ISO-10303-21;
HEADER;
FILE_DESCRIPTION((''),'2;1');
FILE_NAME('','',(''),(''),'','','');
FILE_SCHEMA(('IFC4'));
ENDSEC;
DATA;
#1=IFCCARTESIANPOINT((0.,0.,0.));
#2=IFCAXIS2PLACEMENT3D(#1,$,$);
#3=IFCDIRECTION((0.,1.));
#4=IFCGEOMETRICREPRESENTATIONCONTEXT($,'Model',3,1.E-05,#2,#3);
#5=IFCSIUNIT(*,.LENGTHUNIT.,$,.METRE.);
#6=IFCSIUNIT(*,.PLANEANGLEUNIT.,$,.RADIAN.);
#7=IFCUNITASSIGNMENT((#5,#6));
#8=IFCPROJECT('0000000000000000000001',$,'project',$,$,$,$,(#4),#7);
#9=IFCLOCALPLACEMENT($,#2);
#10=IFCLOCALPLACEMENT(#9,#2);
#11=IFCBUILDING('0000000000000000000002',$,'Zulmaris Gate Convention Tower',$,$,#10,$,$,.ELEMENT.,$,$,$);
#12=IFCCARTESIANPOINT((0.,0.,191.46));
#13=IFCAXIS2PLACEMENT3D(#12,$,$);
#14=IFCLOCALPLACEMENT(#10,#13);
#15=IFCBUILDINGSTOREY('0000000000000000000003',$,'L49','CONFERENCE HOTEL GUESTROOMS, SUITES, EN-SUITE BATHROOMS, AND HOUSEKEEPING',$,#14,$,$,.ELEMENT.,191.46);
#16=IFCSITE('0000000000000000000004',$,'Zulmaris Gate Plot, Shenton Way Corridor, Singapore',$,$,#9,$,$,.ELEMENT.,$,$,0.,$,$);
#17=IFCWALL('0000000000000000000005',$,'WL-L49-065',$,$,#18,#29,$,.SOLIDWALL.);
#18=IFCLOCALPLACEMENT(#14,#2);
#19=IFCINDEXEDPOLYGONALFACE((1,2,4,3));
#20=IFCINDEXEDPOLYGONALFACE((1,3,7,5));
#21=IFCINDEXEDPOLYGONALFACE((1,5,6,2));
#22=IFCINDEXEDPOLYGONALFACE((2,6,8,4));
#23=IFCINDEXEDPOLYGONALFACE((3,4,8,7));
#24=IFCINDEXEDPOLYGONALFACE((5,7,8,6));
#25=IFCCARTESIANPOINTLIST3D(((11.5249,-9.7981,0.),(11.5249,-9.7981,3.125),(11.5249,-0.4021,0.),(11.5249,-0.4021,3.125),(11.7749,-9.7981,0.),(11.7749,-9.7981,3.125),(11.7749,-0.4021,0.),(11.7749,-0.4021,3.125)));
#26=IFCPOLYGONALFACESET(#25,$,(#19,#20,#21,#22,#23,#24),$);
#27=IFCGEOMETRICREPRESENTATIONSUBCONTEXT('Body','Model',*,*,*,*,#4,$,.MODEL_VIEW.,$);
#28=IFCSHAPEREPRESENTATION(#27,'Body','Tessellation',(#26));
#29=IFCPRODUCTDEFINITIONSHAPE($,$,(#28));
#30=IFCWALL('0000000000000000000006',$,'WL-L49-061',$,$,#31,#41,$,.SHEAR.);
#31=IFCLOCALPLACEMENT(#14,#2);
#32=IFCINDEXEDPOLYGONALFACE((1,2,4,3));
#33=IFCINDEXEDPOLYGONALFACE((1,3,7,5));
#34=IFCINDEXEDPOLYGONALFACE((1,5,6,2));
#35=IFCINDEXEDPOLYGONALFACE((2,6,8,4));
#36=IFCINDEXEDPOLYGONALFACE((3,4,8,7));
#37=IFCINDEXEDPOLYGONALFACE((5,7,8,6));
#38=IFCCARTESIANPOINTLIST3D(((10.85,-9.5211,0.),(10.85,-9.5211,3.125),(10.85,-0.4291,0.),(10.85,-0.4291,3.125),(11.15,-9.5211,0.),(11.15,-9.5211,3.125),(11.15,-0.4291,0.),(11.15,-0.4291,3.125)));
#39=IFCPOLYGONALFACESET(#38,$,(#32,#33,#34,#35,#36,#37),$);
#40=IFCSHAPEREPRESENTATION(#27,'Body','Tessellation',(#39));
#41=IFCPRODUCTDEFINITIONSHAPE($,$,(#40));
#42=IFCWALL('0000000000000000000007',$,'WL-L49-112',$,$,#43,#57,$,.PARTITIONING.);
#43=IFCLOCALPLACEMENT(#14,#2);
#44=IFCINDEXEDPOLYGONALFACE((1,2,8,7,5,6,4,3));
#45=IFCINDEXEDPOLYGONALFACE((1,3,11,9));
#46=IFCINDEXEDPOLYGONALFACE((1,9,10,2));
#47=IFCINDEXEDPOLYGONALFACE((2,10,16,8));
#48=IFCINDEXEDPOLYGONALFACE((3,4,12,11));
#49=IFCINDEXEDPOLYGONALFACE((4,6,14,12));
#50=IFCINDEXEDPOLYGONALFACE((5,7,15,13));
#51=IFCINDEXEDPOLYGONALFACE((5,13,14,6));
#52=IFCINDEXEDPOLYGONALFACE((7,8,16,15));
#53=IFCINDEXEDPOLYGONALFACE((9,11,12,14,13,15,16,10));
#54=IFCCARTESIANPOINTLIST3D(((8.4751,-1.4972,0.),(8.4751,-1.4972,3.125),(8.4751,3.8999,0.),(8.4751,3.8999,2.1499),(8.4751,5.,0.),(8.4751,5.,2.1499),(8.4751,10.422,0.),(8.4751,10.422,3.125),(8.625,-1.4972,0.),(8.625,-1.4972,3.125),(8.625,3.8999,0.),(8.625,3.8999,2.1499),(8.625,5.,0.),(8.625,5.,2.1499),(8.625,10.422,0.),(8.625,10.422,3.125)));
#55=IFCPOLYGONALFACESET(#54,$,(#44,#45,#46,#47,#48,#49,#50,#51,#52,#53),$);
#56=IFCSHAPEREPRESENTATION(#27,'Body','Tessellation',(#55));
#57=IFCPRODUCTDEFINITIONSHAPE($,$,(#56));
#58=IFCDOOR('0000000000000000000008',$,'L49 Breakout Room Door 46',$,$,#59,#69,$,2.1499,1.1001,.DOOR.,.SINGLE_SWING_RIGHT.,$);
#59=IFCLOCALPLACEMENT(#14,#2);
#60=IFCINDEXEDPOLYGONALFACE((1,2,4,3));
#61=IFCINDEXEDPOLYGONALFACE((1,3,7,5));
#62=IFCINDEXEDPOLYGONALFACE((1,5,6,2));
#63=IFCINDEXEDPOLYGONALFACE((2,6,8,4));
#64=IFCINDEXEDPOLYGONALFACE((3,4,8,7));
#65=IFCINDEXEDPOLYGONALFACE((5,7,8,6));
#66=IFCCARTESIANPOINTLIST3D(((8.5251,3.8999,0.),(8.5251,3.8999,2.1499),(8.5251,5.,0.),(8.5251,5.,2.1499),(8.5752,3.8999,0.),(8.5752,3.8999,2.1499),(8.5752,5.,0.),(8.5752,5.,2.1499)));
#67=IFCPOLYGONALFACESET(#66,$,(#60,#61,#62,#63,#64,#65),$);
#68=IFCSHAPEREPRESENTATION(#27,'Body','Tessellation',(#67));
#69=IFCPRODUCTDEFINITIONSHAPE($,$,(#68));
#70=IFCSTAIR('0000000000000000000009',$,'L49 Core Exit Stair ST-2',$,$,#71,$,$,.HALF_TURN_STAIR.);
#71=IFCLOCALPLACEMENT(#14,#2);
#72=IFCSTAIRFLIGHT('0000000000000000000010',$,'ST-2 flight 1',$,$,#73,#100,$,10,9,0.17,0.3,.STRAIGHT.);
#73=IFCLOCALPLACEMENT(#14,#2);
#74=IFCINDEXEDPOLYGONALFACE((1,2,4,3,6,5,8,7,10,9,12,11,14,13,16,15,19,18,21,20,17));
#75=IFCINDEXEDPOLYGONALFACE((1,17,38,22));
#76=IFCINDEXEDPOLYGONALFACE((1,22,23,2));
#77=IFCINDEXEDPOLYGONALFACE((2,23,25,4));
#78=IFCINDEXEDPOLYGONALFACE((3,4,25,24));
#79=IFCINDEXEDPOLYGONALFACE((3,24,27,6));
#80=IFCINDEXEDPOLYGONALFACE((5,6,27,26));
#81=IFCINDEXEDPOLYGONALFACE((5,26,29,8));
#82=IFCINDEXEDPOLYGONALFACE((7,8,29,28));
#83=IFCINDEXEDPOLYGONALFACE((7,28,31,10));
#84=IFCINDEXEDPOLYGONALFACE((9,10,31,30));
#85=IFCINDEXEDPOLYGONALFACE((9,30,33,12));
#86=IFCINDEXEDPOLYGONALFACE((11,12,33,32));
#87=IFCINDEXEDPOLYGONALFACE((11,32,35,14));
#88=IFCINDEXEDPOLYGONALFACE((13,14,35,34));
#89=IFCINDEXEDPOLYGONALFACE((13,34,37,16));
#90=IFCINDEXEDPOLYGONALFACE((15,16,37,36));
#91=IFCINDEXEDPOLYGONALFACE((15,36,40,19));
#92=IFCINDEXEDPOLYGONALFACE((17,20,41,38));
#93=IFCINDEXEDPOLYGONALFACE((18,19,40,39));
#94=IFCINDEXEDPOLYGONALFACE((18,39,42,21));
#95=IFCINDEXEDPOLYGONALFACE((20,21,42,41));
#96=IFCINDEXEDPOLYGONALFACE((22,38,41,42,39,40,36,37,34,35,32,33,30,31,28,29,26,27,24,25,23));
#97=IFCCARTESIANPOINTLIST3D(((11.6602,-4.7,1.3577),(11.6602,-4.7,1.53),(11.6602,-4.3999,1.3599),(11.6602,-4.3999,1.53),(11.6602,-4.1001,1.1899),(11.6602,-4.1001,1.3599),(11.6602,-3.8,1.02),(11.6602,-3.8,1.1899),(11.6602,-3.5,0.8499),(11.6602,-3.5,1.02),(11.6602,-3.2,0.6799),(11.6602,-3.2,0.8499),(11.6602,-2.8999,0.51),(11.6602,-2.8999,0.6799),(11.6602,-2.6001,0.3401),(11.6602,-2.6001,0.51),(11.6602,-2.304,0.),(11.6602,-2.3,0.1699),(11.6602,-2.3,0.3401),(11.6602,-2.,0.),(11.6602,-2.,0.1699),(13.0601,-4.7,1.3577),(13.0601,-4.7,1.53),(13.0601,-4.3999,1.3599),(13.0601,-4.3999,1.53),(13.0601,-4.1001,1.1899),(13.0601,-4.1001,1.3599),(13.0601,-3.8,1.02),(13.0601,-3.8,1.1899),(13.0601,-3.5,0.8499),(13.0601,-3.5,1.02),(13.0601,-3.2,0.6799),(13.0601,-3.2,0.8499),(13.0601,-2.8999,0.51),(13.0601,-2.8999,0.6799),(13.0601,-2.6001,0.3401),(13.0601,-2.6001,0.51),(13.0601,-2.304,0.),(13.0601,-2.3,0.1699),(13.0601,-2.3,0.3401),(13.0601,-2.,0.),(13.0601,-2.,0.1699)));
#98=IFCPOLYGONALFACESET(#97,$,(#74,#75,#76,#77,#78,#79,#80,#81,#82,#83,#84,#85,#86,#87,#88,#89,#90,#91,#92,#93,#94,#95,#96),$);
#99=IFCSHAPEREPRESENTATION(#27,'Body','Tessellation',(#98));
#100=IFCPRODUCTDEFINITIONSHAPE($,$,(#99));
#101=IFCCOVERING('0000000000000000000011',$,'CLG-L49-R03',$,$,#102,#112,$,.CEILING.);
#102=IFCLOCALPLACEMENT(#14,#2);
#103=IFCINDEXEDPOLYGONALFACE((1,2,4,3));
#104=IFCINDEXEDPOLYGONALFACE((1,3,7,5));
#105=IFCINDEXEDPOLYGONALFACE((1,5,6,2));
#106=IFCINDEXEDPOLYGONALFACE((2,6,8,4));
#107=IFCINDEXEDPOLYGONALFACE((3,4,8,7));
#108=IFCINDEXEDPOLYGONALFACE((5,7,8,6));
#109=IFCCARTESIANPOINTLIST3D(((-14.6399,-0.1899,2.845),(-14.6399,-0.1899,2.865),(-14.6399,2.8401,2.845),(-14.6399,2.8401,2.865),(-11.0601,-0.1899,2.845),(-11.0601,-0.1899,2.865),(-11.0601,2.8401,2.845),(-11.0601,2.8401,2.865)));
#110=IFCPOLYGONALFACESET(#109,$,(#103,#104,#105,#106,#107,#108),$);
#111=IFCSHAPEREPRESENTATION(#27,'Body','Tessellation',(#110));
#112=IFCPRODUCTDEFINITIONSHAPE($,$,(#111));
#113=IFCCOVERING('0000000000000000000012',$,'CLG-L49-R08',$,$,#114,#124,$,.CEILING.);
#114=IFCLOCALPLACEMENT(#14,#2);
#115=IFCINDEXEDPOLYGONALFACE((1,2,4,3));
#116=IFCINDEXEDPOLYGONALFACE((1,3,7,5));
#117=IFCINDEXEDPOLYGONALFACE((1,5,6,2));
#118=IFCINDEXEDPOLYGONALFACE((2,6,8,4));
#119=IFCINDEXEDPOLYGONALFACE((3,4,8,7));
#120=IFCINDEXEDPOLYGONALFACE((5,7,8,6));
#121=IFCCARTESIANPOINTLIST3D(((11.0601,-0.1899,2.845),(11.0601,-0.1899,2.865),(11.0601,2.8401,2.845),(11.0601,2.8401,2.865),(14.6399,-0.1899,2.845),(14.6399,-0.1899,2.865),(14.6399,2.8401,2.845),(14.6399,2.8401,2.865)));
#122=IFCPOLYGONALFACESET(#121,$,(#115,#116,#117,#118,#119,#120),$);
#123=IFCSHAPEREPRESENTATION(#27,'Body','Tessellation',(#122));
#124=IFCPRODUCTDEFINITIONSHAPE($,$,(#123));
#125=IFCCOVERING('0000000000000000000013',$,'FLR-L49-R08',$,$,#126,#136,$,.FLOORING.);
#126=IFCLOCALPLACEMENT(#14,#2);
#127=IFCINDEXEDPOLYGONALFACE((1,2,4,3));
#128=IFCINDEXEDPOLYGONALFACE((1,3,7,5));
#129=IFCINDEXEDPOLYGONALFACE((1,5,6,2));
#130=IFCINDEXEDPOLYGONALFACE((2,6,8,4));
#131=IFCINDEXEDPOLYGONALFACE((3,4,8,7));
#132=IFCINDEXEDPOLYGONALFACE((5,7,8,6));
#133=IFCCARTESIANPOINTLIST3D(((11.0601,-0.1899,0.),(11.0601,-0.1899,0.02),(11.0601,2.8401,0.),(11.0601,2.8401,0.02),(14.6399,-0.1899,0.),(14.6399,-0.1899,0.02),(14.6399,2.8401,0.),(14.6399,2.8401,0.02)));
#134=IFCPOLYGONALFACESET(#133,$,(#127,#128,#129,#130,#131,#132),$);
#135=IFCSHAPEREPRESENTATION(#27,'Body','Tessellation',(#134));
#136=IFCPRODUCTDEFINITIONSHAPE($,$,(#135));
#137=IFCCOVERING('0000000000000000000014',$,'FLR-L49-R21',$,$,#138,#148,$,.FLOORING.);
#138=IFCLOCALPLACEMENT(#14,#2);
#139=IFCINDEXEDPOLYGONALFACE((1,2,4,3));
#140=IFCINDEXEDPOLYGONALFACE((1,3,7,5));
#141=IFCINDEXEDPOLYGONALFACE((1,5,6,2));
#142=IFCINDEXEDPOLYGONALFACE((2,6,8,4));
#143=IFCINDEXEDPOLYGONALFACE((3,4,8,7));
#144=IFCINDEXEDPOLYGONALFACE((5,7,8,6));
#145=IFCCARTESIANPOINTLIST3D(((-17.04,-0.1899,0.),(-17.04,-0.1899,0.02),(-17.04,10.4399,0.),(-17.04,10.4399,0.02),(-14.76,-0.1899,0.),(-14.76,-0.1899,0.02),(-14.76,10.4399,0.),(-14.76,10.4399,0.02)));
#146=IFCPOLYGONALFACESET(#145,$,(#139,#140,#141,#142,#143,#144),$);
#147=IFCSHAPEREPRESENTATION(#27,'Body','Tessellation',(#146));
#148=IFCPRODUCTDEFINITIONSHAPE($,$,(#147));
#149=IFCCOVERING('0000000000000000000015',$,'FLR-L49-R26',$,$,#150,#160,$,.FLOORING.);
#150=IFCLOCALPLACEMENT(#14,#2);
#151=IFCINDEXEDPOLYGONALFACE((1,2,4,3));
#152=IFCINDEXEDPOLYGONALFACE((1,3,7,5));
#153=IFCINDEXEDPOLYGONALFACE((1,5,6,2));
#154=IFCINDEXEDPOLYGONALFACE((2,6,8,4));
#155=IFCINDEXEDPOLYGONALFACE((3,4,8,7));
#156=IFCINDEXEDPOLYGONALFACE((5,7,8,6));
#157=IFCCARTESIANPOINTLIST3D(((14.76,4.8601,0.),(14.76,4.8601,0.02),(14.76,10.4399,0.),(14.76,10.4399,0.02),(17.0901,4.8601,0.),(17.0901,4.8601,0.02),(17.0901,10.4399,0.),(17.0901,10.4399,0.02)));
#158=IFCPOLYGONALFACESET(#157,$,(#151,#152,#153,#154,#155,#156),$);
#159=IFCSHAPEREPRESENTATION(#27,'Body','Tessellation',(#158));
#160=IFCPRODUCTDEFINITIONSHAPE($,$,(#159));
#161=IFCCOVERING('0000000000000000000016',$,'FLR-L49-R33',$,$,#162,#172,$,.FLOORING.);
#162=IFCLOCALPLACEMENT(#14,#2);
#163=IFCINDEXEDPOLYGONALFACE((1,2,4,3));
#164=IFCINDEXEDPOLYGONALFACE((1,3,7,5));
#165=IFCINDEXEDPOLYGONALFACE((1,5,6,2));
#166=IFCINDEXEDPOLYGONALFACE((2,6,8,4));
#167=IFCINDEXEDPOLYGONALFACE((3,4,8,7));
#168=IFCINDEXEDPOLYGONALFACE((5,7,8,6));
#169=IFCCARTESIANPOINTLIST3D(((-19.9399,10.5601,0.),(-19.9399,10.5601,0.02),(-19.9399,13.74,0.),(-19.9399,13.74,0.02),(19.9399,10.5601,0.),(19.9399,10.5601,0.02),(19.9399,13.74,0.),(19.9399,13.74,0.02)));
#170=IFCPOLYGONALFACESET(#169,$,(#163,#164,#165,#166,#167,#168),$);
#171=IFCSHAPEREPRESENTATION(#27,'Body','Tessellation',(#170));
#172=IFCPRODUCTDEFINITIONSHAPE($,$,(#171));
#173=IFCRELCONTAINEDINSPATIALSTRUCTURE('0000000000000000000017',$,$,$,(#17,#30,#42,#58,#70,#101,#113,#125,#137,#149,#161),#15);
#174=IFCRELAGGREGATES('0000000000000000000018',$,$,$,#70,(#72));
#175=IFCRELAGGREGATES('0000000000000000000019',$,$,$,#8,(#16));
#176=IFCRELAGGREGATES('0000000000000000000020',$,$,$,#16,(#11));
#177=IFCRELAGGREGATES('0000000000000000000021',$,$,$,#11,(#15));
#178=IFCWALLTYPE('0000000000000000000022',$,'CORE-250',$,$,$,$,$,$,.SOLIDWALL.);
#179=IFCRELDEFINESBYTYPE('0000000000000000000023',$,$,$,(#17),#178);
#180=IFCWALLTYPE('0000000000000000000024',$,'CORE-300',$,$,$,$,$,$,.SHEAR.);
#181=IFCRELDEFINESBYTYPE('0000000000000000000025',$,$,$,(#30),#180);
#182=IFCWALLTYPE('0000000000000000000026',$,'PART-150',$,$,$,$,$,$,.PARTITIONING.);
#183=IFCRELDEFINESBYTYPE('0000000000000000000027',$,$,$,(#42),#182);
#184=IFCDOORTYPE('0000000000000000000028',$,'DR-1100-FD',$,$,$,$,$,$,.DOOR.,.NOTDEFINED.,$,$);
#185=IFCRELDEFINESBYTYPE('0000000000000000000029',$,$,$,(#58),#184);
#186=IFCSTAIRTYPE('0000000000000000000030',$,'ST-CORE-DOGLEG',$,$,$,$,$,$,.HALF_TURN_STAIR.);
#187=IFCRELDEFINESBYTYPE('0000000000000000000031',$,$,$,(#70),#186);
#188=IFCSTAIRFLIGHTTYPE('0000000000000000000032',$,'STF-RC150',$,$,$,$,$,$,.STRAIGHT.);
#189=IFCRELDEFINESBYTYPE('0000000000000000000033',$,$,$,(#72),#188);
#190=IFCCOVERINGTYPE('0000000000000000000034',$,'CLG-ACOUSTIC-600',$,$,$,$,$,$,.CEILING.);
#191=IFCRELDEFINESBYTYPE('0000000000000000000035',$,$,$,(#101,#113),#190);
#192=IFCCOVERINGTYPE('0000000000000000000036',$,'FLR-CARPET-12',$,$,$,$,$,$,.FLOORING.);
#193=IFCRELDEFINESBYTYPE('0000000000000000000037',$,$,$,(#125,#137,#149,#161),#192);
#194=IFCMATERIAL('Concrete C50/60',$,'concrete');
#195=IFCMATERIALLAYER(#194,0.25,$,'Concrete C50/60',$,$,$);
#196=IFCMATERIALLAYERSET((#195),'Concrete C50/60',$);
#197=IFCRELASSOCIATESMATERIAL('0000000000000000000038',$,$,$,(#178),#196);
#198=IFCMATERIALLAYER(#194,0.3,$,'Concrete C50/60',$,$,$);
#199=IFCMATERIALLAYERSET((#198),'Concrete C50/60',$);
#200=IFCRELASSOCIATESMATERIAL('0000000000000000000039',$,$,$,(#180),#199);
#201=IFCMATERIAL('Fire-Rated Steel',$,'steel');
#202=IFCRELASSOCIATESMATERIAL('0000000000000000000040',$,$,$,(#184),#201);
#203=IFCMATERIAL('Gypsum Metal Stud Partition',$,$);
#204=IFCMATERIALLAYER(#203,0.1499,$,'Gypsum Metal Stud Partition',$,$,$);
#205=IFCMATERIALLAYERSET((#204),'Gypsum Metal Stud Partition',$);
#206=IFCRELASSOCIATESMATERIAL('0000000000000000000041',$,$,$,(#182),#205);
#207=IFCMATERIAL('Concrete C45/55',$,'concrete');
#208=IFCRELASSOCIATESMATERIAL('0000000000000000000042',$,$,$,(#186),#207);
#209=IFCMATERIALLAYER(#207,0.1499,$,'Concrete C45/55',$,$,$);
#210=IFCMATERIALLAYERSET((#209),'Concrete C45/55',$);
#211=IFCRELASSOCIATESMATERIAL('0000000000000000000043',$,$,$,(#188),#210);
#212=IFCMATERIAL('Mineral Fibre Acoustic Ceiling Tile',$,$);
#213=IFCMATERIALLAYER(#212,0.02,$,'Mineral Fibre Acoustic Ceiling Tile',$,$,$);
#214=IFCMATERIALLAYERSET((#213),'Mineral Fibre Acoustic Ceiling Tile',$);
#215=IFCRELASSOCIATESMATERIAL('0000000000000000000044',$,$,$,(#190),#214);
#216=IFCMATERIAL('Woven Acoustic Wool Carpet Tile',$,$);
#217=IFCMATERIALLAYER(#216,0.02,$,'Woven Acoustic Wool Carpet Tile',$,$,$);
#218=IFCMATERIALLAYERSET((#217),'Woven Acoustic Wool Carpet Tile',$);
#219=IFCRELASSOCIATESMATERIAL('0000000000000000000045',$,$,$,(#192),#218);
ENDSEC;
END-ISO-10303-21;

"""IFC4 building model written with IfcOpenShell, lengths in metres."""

from ifc_helpers import new_model, si_unit, direction, frame, frame_2d, origin, place, context, subcontext, project, spatial, polyline, rectangle, outline, extrude, material, layer, layer_set, type_object, element, fill, aggregate, save


model = new_model("IFC4")

# Units and contexts
model_context = context("Model", 3, precision=1e-05, world=origin(), true_north=direction((0.0, 1.0)))
body_context = subcontext(model_context, "Body", "Model", "MODEL_VIEW")
ifc_project = project(units=[si_unit("LENGTHUNIT", "METRE"), si_unit("PLANEANGLEUNIT", "RADIAN")], contexts=[model_context])

# Site, building, storey
site_placement = place(None, origin())
site = spatial("IfcSite", under=ifc_project, at=site_placement, Name="Zulmaris Gate Plot, Shenton Way Corridor, Singapore", CompositionType="ELEMENT", RefElevation=0.0)
building_placement = place(site_placement, origin())
building = spatial("IfcBuilding", under=site, at=building_placement, Name="Zulmaris Gate Convention Tower", CompositionType="ELEMENT")
storey_placement = place(building_placement, frame((0.0, 0.0, 191.46)))
storey = spatial("IfcBuildingStorey", under=building, at=storey_placement, Name="L49", Description="CONFERENCE HOTEL GUESTROOMS, SUITES, EN-SUITE BATHROOMS, AND HOUSEKEEPING", CompositionType="ELEMENT", Elevation=191.46)

# Wall
ifc_material_1 = material(Name="Concrete C50/60", Category="concrete")
ifc_layer_1 = layer(ifc_material_1, 0.25, Name="Concrete C50/60")
ifc_layer_set_1 = layer_set([ifc_layer_1], Name="Concrete C50/60")
wall_type_1 = type_object("IfcWallType", Name="CORE-250", PredefinedType="SOLIDWALL", material=ifc_layer_set_1)
wall_1_placement = place(storey_placement, frame((11.6499, -9.7981, 0.0), z_axis=(0.0, 0.0, 1.0), x_axis=(0.0, 1.0, 0.0)))
element("IfcWall", 1, at=wall_1_placement, inside=storey, type_object=wall_type_1, Name="WL-L49-065", PredefinedType="SOLIDWALL", context=body_context, shape_type="SweptSolid", body=[
    extrude(rectangle(XDim=9.396, YDim=0.25, at=frame_2d((4.698, 0.0))), origin(), (0.0, 0.0, 1.0), 3.125),
])

# Shared definitions
ifc_layer_2 = layer(ifc_material_1, 0.3, Name="Concrete C50/60")
ifc_layer_set_2 = layer_set([ifc_layer_2], Name="Concrete C50/60")
wall_type_2 = type_object("IfcWallType", Name="CORE-300", PredefinedType="SHEAR", material=ifc_layer_set_2)
ifc_material_2 = material(Name="Fire-Rated Steel", Category="steel")
door_type_1 = type_object("IfcDoorType", Name="DR-1100-FD", OperationType="NOTDEFINED", PredefinedType="DOOR", material=ifc_material_2)

# Wall
wall_2_placement = place(storey_placement, frame((11.0, -9.521, 0.0), z_axis=(0.0, 0.0, 1.0), x_axis=(0.0, 1.0, 0.0)))
element("IfcWall", 2, at=wall_2_placement, inside=storey, type_object=wall_type_2, Name="WL-L49-061", PredefinedType="SHEAR", context=body_context, shape_type="SweptSolid", body=[
    extrude(rectangle(XDim=9.092, YDim=0.3, at=frame_2d((4.5459, 0.0))), origin(), (0.0, 0.0, 1.0), 3.125),
])

# Wall, opening, door
ifc_material_3 = material(Name="Gypsum Metal Stud Partition")
ifc_layer_3 = layer(ifc_material_3, 0.1499, Name="Gypsum Metal Stud Partition")
ifc_layer_set_3 = layer_set([ifc_layer_3], Name="Gypsum Metal Stud Partition")
wall_type_3 = type_object("IfcWallType", Name="PART-150", PredefinedType="PARTITIONING", material=ifc_layer_set_3)
wall_3_placement = place(storey_placement, frame((8.55, -1.4971, 0.0), z_axis=(0.0, 0.0, 1.0), x_axis=(0.0, 1.0, 0.0)))
wall_3 = element("IfcWall", 3, at=wall_3_placement, inside=storey, type_object=wall_type_3, Name="WL-L49-112", PredefinedType="PARTITIONING", context=body_context, shape_type="SweptSolid", body=[
    extrude(rectangle(XDim=11.9192, YDim=0.1499, at=frame_2d((5.9595, 0.0))), origin(), (0.0, 0.0, 1.0), 3.125),
])
opening_1_placement = place(wall_3_placement, frame((5.397, 0.0, 0.0)))
opening_1 = element("IfcOpeningElement", 4, at=opening_1_placement, cuts=wall_3, PredefinedType="OPENING", context=body_context, shape_type="SweptSolid", body=[
    extrude(rectangle(XDim=1.1001, YDim=2.1499, at=frame_2d((0.55, 1.075))), frame((0.0, 0.085, 0.0), z_axis=(0.0, -1.0, 0.0), x_axis=(1.0, 0.0, 0.0)), (0.0, 0.0, 1.0), 0.1699),
])
door_1_placement = place(opening_1_placement, origin())
door_1 = element("IfcDoor", 5, at=door_1_placement, inside=storey, type_object=door_type_1, Name="L49 Breakout Room Door 46", OperationType="SINGLE_SWING_RIGHT", OverallHeight=2.1499, OverallWidth=1.1001, PredefinedType="DOOR", context=body_context, shape_type="SweptSolid", body=[
    extrude(rectangle(XDim=1.1001, YDim=2.1499, at=frame_2d((0.55, 1.075))), frame((0.0, 0.0249, 0.0), z_axis=(0.0, -1.0, 0.0), x_axis=(1.0, 0.0, 0.0)), (0.0, 0.0, 1.0), 0.05),
])
fill(opening_1, door_1)

# Stair, stair flight
ifc_material_4 = material(Name="Concrete C45/55", Category="concrete")
stair_type = type_object("IfcStairType", Name="ST-CORE-DOGLEG", PredefinedType="HALF_TURN_STAIR", material=ifc_material_4)
stair_placement = place(storey_placement, origin())
stair = element("IfcStair", 6, at=stair_placement, inside=storey, type_object=stair_type, Name="L49 Core Exit Stair ST-2", PredefinedType="HALF_TURN_STAIR")
ifc_layer_4 = layer(ifc_material_4, 0.1499, Name="Concrete C45/55")
ifc_layer_set_4 = layer_set([ifc_layer_4], Name="Concrete C45/55")
stair_flight_type = type_object("IfcStairFlightType", Name="STF-RC150", PredefinedType="STRAIGHT", material=ifc_layer_set_4)
stair_flight_placement = place(storey_placement, frame((12.3601, -2.0, 0.0), z_axis=(0.0, 0.0, 1.0), x_axis=(0.0, -1.0, 0.0)))
stair_flight = element("IfcStairFlight", 7, at=stair_flight_placement, type_object=stair_flight_type, Name="ST-2 flight 1", NumberOfRisers=10, NumberOfTreads=9, PredefinedType="STRAIGHT", RiserHeight=0.17, TreadLength=0.3, context=body_context, shape_type="SweptSolid", body=[
    extrude(outline(polyline([(0.0, 0.0), (0.0, 0.1699), (0.3, 0.1699), (0.3, 0.3401), (0.6001, 0.3401), (0.6001, 0.51), (0.8999, 0.51), (0.8999, 0.6799), (1.2, 0.6799), (1.2, 0.8499), (1.5, 0.8499), (1.5, 1.02), (1.8, 1.02), (1.8, 1.1899), (2.1001, 1.1899), (2.1001, 1.3599), (2.3999, 1.3599), (2.3999, 1.53), (2.7, 1.53), (2.7, 1.7), (2.7, 1.3577), (0.304, 0.0), (0.0, 0.0)])), frame((0.0, 0.7, 0.0), z_axis=(0.0, -1.0, 0.0), x_axis=(1.0, 0.0, 0.0)), (0.0, 0.0, 1.0), 1.3999),
])
aggregate(stair, [stair_flight])

# Coverings
ifc_material_5 = material(Name="Mineral Fibre Acoustic Ceiling Tile")
ifc_layer_5 = layer(ifc_material_5, 0.02, Name="Mineral Fibre Acoustic Ceiling Tile")
ifc_layer_set_5 = layer_set([ifc_layer_5], Name="Mineral Fibre Acoustic Ceiling Tile")
covering_type_1 = type_object("IfcCoveringType", Name="CLG-ACOUSTIC-600", PredefinedType="CEILING", material=ifc_layer_set_5)
covering_1_placement = place(storey_placement, frame((0.0, 0.0, 2.845)))
element("IfcCovering", 8, at=covering_1_placement, inside=storey, type_object=covering_type_1, Name="CLG-L49-R03", PredefinedType="CEILING", context=body_context, shape_type="SweptSolid", body=[
    extrude(outline(polyline([(-14.6399, -0.1899), (-11.0601, -0.1899), (-11.0601, 2.8401), (-14.6399, 2.8401), (-14.6399, -0.1899)])), origin(), (0.0, 0.0, 1.0), 0.02),
])
covering_2_placement = place(storey_placement, frame((0.0, 0.0, 2.845)))
element("IfcCovering", 9, at=covering_2_placement, inside=storey, type_object=covering_type_1, Name="CLG-L49-R08", PredefinedType="CEILING", context=body_context, shape_type="SweptSolid", body=[
    extrude(outline(polyline([(11.0601, -0.1899), (14.6399, -0.1899), (14.6399, 2.8401), (11.0601, 2.8401), (11.0601, -0.1899)])), origin(), (0.0, 0.0, 1.0), 0.02),
])
ifc_material_6 = material(Name="Woven Acoustic Wool Carpet Tile")
ifc_layer_6 = layer(ifc_material_6, 0.02, Name="Woven Acoustic Wool Carpet Tile")
ifc_layer_set_6 = layer_set([ifc_layer_6], Name="Woven Acoustic Wool Carpet Tile")
covering_type_2 = type_object("IfcCoveringType", Name="FLR-CARPET-12", PredefinedType="FLOORING", material=ifc_layer_set_6)
covering_3_placement = place(storey_placement, origin())
element("IfcCovering", 10, at=covering_3_placement, inside=storey, type_object=covering_type_2, Name="FLR-L49-R08", PredefinedType="FLOORING", context=body_context, shape_type="SweptSolid", body=[
    extrude(outline(polyline([(11.0601, -0.1899), (14.6399, -0.1899), (14.6399, 2.8401), (11.0601, 2.8401), (11.0601, -0.1899)])), origin(), (0.0, 0.0, 1.0), 0.02),
])
covering_4_placement = place(storey_placement, origin())
element("IfcCovering", 11, at=covering_4_placement, inside=storey, type_object=covering_type_2, Name="FLR-L49-R21", PredefinedType="FLOORING", context=body_context, shape_type="SweptSolid", body=[
    extrude(outline(polyline([(-17.04, -0.1899), (-14.76, -0.1899), (-14.76, 10.4399), (-17.04, 10.4399), (-17.04, -0.1899)])), origin(), (0.0, 0.0, 1.0), 0.02),
])
covering_5_placement = place(storey_placement, origin())
element("IfcCovering", 12, at=covering_5_placement, inside=storey, type_object=covering_type_2, Name="FLR-L49-R26", PredefinedType="FLOORING", context=body_context, shape_type="SweptSolid", body=[
    extrude(outline(polyline([(14.76, 4.8601), (17.0901, 4.8601), (17.0901, 10.4399), (14.76, 10.4399), (14.76, 4.8601)])), origin(), (0.0, 0.0, 1.0), 0.02),
])
covering_6_placement = place(storey_placement, origin())
element("IfcCovering", 13, at=covering_6_placement, inside=storey, type_object=covering_type_2, Name="FLR-L49-R33", PredefinedType="FLOORING", context=body_context, shape_type="SweptSolid", body=[
    extrude(outline(polyline([(-19.9399, 10.5601), (19.9399, 10.5601), (19.9399, 13.74), (-19.9399, 13.74), (-19.9399, 10.5601)])), origin(), (0.0, 0.0, 1.0), 0.02),
])

save(model, "model.ifc")
